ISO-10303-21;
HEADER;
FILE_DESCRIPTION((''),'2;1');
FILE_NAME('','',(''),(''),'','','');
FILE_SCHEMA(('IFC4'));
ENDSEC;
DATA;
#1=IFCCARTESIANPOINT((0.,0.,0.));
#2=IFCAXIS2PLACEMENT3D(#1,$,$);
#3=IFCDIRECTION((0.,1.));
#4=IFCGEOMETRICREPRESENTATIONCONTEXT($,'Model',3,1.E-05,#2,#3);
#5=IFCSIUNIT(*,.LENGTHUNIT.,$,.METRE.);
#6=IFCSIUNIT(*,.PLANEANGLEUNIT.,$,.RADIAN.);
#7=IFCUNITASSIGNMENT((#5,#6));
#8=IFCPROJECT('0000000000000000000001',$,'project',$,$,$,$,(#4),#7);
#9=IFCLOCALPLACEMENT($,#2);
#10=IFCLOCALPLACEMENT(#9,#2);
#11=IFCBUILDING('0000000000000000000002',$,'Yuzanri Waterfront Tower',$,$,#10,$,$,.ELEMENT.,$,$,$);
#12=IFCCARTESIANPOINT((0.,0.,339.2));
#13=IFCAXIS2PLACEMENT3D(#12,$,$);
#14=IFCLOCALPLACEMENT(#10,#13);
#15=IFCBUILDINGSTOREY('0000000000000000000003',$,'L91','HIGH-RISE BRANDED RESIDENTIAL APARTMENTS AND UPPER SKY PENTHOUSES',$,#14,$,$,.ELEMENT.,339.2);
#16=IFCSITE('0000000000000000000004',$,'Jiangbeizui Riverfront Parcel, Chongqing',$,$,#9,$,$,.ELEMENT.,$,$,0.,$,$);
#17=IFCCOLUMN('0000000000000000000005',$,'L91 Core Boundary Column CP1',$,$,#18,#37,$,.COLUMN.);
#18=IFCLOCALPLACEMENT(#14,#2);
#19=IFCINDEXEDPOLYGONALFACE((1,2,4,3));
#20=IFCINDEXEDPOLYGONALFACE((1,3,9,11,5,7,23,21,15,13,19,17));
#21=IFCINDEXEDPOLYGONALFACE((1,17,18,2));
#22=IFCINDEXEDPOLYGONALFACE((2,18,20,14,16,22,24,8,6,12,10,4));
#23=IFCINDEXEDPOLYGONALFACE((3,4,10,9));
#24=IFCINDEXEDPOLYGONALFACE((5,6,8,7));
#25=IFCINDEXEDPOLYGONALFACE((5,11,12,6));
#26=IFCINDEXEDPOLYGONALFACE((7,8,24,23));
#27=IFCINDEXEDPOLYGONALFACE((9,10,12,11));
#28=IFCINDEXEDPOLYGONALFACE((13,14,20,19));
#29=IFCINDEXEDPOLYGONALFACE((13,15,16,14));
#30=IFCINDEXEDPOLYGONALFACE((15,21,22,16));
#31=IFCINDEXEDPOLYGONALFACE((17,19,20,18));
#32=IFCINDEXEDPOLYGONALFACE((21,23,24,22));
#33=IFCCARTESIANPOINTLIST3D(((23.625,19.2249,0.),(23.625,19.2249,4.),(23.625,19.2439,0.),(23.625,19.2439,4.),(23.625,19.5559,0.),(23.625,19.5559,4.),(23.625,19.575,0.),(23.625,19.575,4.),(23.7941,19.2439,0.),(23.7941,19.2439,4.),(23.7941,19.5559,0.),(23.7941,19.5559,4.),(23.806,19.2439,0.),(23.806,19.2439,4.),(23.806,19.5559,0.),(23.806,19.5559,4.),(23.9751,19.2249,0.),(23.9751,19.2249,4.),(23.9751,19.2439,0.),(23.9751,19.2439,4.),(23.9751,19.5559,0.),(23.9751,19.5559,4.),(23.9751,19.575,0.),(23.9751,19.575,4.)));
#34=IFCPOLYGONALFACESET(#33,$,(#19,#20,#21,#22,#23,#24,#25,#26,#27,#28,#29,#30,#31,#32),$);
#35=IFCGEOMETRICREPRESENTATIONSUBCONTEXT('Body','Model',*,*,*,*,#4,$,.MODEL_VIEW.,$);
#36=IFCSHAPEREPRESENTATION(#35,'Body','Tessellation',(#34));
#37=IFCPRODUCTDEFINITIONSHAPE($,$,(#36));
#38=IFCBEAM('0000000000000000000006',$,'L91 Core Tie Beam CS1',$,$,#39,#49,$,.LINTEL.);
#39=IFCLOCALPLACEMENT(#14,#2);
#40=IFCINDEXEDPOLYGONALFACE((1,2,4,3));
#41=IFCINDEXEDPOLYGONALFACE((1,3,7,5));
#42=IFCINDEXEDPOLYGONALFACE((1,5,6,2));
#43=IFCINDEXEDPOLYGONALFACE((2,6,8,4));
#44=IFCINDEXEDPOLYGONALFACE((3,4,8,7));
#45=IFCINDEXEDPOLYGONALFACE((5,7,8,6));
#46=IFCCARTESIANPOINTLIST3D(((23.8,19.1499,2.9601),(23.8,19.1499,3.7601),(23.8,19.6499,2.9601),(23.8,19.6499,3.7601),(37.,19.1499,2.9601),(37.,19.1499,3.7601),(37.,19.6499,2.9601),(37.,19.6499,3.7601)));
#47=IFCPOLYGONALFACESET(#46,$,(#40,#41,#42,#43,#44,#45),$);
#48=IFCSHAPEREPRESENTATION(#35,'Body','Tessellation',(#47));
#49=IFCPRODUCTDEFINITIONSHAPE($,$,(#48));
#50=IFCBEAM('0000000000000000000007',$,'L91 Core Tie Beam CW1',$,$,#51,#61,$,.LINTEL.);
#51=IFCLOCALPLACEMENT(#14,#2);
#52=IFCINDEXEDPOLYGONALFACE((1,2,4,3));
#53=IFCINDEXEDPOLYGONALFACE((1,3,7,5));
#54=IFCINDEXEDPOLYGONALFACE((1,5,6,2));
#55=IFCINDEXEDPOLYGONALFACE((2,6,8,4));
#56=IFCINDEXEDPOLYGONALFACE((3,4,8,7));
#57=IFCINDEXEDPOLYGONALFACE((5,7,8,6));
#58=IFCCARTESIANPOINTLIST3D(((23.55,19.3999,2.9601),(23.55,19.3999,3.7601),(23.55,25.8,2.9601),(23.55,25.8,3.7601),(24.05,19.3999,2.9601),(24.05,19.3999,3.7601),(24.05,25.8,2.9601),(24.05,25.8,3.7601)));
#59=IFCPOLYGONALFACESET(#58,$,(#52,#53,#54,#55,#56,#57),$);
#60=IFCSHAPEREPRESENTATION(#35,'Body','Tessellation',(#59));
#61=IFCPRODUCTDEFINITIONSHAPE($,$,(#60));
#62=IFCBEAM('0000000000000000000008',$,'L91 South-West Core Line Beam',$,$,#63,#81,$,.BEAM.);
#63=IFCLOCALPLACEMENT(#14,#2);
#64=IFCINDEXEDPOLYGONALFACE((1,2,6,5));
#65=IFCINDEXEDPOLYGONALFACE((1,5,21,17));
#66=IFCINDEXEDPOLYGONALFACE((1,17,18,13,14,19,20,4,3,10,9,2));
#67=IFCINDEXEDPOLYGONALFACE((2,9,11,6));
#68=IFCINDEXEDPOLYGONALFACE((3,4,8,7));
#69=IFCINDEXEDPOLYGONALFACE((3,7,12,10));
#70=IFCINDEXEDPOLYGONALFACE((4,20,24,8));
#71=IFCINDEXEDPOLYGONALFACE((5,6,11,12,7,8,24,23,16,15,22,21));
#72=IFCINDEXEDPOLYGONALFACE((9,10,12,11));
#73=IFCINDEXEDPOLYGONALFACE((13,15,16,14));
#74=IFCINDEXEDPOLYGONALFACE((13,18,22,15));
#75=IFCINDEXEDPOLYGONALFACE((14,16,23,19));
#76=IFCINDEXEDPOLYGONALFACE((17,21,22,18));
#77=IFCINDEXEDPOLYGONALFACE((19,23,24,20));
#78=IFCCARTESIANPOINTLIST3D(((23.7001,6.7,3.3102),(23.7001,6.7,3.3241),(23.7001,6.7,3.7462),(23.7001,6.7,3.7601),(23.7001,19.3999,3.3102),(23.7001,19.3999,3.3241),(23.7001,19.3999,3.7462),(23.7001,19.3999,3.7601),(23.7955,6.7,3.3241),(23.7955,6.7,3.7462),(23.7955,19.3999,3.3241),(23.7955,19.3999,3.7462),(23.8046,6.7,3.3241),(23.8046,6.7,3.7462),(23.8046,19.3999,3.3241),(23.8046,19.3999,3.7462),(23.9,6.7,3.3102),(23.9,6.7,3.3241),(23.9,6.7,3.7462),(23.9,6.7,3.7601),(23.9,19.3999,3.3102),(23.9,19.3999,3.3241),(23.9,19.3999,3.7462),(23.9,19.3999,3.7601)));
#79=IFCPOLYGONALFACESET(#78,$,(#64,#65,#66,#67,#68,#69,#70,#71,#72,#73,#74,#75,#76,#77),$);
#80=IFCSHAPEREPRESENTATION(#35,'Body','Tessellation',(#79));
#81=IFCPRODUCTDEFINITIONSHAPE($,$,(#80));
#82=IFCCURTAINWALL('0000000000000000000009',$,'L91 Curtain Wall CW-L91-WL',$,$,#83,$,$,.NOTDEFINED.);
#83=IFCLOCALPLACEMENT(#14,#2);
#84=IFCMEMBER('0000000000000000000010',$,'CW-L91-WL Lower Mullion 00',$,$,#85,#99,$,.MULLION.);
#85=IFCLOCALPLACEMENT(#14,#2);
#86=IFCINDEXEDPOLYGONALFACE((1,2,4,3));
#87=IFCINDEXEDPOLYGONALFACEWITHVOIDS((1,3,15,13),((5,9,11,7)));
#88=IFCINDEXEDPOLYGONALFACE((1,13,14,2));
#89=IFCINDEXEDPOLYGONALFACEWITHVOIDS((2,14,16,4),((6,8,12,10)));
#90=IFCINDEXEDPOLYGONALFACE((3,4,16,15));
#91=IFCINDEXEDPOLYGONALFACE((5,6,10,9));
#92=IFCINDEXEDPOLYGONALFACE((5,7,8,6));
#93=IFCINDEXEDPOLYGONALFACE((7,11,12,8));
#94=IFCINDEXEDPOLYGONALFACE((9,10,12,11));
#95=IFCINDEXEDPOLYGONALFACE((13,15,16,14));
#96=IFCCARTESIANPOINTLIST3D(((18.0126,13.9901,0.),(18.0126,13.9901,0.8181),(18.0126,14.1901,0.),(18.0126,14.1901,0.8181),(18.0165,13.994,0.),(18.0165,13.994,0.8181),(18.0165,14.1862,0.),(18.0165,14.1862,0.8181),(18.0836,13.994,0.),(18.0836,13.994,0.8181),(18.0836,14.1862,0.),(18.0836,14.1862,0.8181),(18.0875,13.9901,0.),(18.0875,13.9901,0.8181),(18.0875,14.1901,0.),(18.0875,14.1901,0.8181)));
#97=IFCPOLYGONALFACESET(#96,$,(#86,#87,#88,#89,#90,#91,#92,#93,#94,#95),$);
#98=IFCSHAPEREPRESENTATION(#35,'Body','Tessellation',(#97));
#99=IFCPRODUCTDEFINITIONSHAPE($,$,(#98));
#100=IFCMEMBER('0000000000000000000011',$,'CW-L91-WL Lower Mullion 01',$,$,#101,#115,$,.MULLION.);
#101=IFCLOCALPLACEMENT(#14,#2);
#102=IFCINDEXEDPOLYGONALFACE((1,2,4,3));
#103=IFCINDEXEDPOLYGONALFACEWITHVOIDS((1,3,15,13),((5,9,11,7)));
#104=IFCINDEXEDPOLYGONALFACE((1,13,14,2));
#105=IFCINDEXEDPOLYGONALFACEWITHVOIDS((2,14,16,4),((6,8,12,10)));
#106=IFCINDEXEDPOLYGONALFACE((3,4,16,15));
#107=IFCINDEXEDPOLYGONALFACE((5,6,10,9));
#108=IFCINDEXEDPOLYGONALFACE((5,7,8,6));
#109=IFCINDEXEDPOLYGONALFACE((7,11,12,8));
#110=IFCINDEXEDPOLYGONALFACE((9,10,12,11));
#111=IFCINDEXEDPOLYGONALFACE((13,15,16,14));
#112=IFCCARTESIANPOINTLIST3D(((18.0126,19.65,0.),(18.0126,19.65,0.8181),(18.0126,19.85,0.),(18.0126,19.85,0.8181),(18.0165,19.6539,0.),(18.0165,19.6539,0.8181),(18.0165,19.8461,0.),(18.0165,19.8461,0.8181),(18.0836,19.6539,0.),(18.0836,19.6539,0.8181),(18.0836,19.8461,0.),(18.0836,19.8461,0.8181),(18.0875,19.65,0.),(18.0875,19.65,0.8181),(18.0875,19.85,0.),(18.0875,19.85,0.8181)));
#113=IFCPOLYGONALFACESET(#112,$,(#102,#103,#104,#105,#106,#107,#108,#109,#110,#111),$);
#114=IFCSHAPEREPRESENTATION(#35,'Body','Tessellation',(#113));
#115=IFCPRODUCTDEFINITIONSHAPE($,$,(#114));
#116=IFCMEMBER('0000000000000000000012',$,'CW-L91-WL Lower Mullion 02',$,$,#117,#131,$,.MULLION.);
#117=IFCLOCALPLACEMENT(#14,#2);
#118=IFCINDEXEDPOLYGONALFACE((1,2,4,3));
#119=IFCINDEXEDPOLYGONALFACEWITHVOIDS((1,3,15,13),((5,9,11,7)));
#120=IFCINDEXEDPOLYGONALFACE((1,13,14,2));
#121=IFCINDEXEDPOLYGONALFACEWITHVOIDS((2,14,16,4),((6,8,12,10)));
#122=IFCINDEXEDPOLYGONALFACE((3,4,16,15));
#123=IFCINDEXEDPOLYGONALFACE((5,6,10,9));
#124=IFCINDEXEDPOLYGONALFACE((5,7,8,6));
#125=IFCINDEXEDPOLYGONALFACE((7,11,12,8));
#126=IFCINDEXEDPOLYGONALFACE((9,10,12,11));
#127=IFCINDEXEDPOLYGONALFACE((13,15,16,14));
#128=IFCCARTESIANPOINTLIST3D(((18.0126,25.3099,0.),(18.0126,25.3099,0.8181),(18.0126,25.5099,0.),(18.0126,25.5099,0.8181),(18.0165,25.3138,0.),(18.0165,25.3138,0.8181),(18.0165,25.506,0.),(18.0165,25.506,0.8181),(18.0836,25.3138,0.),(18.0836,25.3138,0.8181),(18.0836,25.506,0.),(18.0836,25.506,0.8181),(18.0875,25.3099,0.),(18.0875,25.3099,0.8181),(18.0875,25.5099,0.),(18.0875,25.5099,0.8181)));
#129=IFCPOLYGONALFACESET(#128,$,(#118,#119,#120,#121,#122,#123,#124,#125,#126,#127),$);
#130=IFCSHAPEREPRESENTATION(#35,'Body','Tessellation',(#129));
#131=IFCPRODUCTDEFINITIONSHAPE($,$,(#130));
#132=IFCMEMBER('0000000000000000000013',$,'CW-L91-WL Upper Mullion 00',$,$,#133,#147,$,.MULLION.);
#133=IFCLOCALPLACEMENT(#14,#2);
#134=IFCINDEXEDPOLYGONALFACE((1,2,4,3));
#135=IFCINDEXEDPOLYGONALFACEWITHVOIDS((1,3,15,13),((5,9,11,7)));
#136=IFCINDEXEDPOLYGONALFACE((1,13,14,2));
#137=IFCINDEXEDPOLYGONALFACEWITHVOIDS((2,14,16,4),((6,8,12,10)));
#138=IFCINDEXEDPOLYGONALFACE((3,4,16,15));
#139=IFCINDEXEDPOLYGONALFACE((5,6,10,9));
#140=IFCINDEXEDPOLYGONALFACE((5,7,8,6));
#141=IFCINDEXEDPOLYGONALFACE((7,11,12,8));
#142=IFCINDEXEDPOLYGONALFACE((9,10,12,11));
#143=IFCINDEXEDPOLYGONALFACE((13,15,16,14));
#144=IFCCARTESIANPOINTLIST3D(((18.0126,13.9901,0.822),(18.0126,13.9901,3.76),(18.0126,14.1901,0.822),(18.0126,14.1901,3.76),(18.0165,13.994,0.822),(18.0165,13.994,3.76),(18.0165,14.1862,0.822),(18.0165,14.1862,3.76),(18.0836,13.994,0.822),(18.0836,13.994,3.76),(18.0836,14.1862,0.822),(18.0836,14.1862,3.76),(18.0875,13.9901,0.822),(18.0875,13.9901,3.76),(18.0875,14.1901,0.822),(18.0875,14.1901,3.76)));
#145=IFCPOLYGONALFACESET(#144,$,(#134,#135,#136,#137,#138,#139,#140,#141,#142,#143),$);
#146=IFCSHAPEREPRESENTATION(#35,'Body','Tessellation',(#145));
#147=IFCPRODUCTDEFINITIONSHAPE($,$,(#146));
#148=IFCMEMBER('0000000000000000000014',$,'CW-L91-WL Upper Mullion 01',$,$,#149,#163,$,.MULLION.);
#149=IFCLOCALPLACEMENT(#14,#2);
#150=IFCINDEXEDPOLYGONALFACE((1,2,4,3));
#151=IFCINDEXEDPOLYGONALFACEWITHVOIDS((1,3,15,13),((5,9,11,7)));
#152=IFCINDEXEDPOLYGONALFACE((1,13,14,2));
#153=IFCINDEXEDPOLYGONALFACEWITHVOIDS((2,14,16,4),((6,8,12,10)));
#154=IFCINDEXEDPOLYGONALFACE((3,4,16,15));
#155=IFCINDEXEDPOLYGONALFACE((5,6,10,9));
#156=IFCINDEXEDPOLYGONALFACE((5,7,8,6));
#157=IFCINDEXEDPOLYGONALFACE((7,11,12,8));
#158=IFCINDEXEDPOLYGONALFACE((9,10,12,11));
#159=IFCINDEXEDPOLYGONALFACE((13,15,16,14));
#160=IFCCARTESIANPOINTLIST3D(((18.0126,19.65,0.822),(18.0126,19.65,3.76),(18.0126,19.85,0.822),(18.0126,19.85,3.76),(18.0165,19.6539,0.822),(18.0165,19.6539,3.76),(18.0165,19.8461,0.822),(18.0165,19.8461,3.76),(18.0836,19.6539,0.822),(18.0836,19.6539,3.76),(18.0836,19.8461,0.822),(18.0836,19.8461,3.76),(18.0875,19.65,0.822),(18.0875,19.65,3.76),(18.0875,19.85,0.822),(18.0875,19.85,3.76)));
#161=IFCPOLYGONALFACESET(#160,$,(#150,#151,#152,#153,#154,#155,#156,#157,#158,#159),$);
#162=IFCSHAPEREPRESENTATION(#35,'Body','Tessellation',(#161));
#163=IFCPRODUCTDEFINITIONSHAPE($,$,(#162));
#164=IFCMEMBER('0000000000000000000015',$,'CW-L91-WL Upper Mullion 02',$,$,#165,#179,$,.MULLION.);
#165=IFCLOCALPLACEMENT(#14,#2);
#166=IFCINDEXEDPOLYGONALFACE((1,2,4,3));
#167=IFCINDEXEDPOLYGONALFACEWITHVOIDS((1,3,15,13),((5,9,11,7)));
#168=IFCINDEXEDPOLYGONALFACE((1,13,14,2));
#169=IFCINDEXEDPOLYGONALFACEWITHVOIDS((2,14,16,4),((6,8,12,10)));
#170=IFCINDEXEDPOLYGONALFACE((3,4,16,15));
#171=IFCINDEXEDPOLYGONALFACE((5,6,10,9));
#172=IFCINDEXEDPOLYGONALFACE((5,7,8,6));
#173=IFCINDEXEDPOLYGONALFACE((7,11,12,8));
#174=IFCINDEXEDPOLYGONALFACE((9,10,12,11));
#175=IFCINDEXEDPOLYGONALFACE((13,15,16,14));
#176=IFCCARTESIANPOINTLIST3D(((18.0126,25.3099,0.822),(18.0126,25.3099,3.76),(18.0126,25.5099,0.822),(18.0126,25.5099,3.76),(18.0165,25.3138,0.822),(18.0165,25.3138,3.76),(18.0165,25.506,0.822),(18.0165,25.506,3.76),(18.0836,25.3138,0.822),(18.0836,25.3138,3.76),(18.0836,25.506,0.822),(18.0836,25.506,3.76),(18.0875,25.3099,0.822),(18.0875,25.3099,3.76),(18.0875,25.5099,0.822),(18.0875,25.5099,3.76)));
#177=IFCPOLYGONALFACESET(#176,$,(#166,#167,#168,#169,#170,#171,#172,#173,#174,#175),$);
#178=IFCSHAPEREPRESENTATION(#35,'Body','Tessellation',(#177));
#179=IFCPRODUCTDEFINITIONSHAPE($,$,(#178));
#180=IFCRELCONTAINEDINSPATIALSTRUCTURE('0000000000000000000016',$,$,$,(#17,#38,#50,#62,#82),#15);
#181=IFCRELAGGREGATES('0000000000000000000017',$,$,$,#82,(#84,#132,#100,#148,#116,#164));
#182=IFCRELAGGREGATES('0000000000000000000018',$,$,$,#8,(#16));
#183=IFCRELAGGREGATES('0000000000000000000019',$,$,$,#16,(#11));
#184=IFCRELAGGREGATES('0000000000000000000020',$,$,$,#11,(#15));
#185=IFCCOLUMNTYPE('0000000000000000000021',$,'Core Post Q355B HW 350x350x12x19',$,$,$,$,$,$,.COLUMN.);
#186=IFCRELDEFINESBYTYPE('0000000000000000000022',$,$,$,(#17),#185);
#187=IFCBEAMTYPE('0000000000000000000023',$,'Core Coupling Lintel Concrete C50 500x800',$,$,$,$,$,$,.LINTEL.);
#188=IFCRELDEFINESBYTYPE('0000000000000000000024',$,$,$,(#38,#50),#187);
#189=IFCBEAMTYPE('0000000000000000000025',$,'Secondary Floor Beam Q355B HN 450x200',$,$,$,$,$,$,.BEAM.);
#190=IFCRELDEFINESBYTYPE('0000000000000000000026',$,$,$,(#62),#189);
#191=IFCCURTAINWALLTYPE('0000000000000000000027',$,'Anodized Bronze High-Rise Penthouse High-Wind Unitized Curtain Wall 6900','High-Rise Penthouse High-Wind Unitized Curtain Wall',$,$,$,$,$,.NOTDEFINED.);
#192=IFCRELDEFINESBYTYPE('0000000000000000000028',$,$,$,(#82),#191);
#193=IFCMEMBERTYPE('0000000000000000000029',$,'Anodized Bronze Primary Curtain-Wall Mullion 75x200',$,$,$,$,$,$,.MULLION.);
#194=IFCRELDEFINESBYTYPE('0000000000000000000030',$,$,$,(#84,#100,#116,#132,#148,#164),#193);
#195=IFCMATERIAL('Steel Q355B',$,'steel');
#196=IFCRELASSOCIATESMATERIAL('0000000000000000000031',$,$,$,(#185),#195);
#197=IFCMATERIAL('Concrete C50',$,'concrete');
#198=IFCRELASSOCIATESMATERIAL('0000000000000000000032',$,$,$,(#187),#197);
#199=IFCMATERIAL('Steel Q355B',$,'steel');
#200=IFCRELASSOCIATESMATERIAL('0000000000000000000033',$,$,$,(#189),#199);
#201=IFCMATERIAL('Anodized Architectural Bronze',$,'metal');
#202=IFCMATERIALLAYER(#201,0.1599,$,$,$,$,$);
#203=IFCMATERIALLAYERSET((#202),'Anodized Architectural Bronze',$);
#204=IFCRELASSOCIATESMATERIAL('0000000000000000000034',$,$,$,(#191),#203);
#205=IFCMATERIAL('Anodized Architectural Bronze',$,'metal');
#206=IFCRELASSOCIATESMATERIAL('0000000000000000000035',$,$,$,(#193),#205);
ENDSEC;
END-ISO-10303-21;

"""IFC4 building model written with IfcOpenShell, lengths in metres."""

from ifc_helpers import new_model, si_unit, direction, frame, origin, origin_2d, place, context, subcontext, project, spatial, rectangle, hollow_rectangle, i_section, extrude, source, transform, mapped, material, layer, layer_set, material_profile, profile_set, type_object, element, aggregate, save


model = new_model("IFC4")

# Units and contexts
model_context = context("Model", 3, precision=1e-05, world=origin(), true_north=direction((0.0, 1.0)))
body_context = subcontext(model_context, "Body", "Model", "MODEL_VIEW")
ifc_project = project(units=[si_unit("LENGTHUNIT", "METRE"), si_unit("PLANEANGLEUNIT", "RADIAN")], contexts=[model_context])

# Site, building, storey
site_placement = place(None, origin())
site = spatial("IfcSite", under=ifc_project, at=site_placement, Name="Jiangbeizui Riverfront Parcel, Chongqing", CompositionType="ELEMENT", RefElevation=0.0)
building_placement = place(site_placement, origin())
building = spatial("IfcBuilding", under=site, at=building_placement, Name="Yuzanri Waterfront Tower", CompositionType="ELEMENT")
storey_placement = place(building_placement, frame((0.0, 0.0, 339.2)))
storey = spatial("IfcBuildingStorey", under=building, at=storey_placement, Name="L91", Description="HIGH-RISE BRANDED RESIDENTIAL APARTMENTS AND UPPER SKY PENTHOUSES", CompositionType="ELEMENT", Elevation=339.2)

# Column
ifc_material_1 = material(Name="Steel Q355B", Category="steel")
ifc_material_profile_1 = material_profile(ifc_material_1, i_section(OverallWidth=0.3501, OverallDepth=0.3501, WebThickness=0.012, FlangeThickness=0.019, at=origin_2d()), Name="HW 350x350x12x19")
ifc_profile_set_1 = profile_set([ifc_material_profile_1], Name="Steel Q355B")
column_type = type_object("IfcColumnType", Name="Core Post Q355B HW 350x350x12x19", PredefinedType="COLUMN", material=ifc_profile_set_1)
shared_shape_1 = source(origin(), body_context, "Body", "SweptSolid", [
    extrude(i_section(OverallWidth=0.3501, OverallDepth=0.3501, WebThickness=0.012, FlangeThickness=0.019, at=origin_2d()), origin(), (0.0, 0.0, 1.0), 4.0),
])
column_placement = place(storey_placement, frame((23.8, 19.3999, 0.0), z_axis=(0.0, 0.0, 1.0), x_axis=(1.0, 0.0, 0.0)))
element("IfcColumn", 1, at=column_placement, inside=storey, type_object=column_type, Name="L91 Core Boundary Column CP1", PredefinedType="COLUMN", context=body_context, shape_type="MappedRepresentation", body=[
    mapped(shared_shape_1, transform((0.0, 0.0, 0.0), scale=1.0)),
])

# Beams
ifc_material_2 = material(Name="Concrete C50", Category="concrete")
ifc_material_profile_2 = material_profile(ifc_material_2, rectangle(XDim=0.5, YDim=0.8, at=origin_2d()), Name="RC 500x800")
ifc_profile_set_2 = profile_set([ifc_material_profile_2], Name="Concrete C50")
beam_type_1 = type_object("IfcBeamType", Name="Core Coupling Lintel Concrete C50 500x800", PredefinedType="LINTEL", material=ifc_profile_set_2)
shared_shape_2 = source(origin(), body_context, "Body", "SweptSolid", [
    extrude(rectangle(XDim=0.5, YDim=0.8, at=origin_2d()), origin(), (0.0, 0.0, 1.0), 13.2),
])
beam_1_placement = place(storey_placement, frame((23.8, 19.3999, 3.3601), z_axis=(1.0, 0.0, 0.0), x_axis=(0.0, 1.0, 0.0)))
element("IfcBeam", 2, at=beam_1_placement, inside=storey, type_object=beam_type_1, Name="L91 Core Tie Beam CS1", PredefinedType="LINTEL", context=body_context, shape_type="MappedRepresentation", body=[
    mapped(shared_shape_2, transform((0.0, 0.0, 0.0), scale=1.0)),
])
shared_shape_3 = source(origin(), body_context, "Body", "SweptSolid", [
    extrude(rectangle(XDim=0.5, YDim=0.8, at=origin_2d()), origin(), (0.0, 0.0, 1.0), 6.4001),
])
beam_2_placement = place(storey_placement, frame((23.8, 19.3999, 3.3601), z_axis=(0.0, 1.0, 0.0), x_axis=(-1.0, 0.0, 0.0)))
element("IfcBeam", 3, at=beam_2_placement, inside=storey, type_object=beam_type_1, Name="L91 Core Tie Beam CW1", PredefinedType="LINTEL", context=body_context, shape_type="MappedRepresentation", body=[
    mapped(shared_shape_3, transform((0.0, 0.0, 0.0), scale=1.0)),
])
ifc_material_3 = material(Name="Steel Q355B", Category="steel")
ifc_material_profile_3 = material_profile(ifc_material_3, i_section(OverallWidth=0.2, OverallDepth=0.45, WebThickness=0.009, FlangeThickness=0.0139, at=origin_2d()), Name="HN 450x200x9x14")
ifc_profile_set_3 = profile_set([ifc_material_profile_3], Name="Steel Q355B")
beam_type_2 = type_object("IfcBeamType", Name="Secondary Floor Beam Q355B HN 450x200", PredefinedType="BEAM", material=ifc_profile_set_3)
shared_shape_4 = source(origin(), body_context, "Body", "SweptSolid", [
    extrude(i_section(OverallWidth=0.2, OverallDepth=0.45, WebThickness=0.009, FlangeThickness=0.0139, at=origin_2d()), origin(), (0.0, 0.0, 1.0), 12.7),
])
beam_3_placement = place(storey_placement, frame((23.8, 19.3999, 3.5352), z_axis=(0.0, -1.0, 0.0), x_axis=(1.0, 0.0, 0.0)))
element("IfcBeam", 4, at=beam_3_placement, inside=storey, type_object=beam_type_2, Name="L91 South-West Core Line Beam", PredefinedType="BEAM", context=body_context, shape_type="MappedRepresentation", body=[
    mapped(shared_shape_4, transform((0.0, 0.0, 0.0), scale=1.0)),
])

# Curtain wall, members
ifc_material_4 = material(Name="Anodized Architectural Bronze", Category="metal")
ifc_layer_1 = layer(ifc_material_4, 0.1599)
ifc_layer_set_1 = layer_set([ifc_layer_1], Name="Anodized Architectural Bronze")
curtain_wall_type = type_object("IfcCurtainWallType", Name="Anodized Bronze High-Rise Penthouse High-Wind Unitized Curtain Wall 6900", Description="High-Rise Penthouse High-Wind Unitized Curtain Wall", PredefinedType="NOTDEFINED", material=ifc_layer_set_1)
curtain_wall_placement = place(storey_placement, origin())
curtain_wall = element("IfcCurtainWall", 5, at=curtain_wall_placement, inside=storey, type_object=curtain_wall_type, Name="L91 Curtain Wall CW-L91-WL", PredefinedType="NOTDEFINED")
ifc_material_5 = material(Name="Anodized Architectural Bronze", Category="metal")
ifc_material_profile_4 = material_profile(ifc_material_5, hollow_rectangle(XDim=0.075, YDim=0.2, WallThickness=0.0039, at=origin_2d()), Name="CWM 75x200")
ifc_profile_set_4 = profile_set([ifc_material_profile_4], Name="Anodized Architectural Bronze")
member_type = type_object("IfcMemberType", Name="Anodized Bronze Primary Curtain-Wall Mullion 75x200", PredefinedType="MULLION", material=ifc_profile_set_4)
shared_shape_5 = source(origin(), body_context, "Body", "SweptSolid", [
    extrude(hollow_rectangle(XDim=0.075, YDim=0.2, WallThickness=0.0039, at=origin_2d()), origin(), (0.0, 0.0, 1.0), 0.8181),
])
member_1_placement = place(storey_placement, frame((18.05, 14.0901, 0.0), z_axis=(0.0, 0.0, 1.0), x_axis=(1.0, 0.0, 0.0)))
member_1 = element("IfcMember", 6, at=member_1_placement, type_object=member_type, Name="CW-L91-WL Lower Mullion 00", PredefinedType="MULLION", context=body_context, shape_type="MappedRepresentation", body=[
    mapped(shared_shape_5, transform((0.0, 0.0, 0.0), scale=1.0)),
])
member_2_placement = place(storey_placement, frame((18.05, 19.75, 0.0), z_axis=(0.0, 0.0, 1.0), x_axis=(1.0, 0.0, 0.0)))
member_2 = element("IfcMember", 7, at=member_2_placement, type_object=member_type, Name="CW-L91-WL Lower Mullion 01", PredefinedType="MULLION", context=body_context, shape_type="MappedRepresentation", body=[
    mapped(shared_shape_5, transform((0.0, 0.0, 0.0), scale=1.0)),
])
member_3_placement = place(storey_placement, frame((18.05, 25.4099, 0.0), z_axis=(0.0, 0.0, 1.0), x_axis=(1.0, 0.0, 0.0)))
member_3 = element("IfcMember", 8, at=member_3_placement, type_object=member_type, Name="CW-L91-WL Lower Mullion 02", PredefinedType="MULLION", context=body_context, shape_type="MappedRepresentation", body=[
    mapped(shared_shape_5, transform((0.0, 0.0, 0.0), scale=1.0)),
])
shared_shape_6 = source(origin(), body_context, "Body", "SweptSolid", [
    extrude(hollow_rectangle(XDim=0.075, YDim=0.2, WallThickness=0.0039, at=origin_2d()), origin(), (0.0, 0.0, 1.0), 2.938),
])
member_4_placement = place(storey_placement, frame((18.05, 14.0901, 0.822), z_axis=(0.0, 0.0, 1.0), x_axis=(1.0, 0.0, 0.0)))
member_4 = element("IfcMember", 9, at=member_4_placement, type_object=member_type, Name="CW-L91-WL Upper Mullion 00", PredefinedType="MULLION", context=body_context, shape_type="MappedRepresentation", body=[
    mapped(shared_shape_6, transform((0.0, 0.0, 0.0), scale=1.0)),
])
member_5_placement = place(storey_placement, frame((18.05, 19.75, 0.822), z_axis=(0.0, 0.0, 1.0), x_axis=(1.0, 0.0, 0.0)))
member_5 = element("IfcMember", 10, at=member_5_placement, type_object=member_type, Name="CW-L91-WL Upper Mullion 01", PredefinedType="MULLION", context=body_context, shape_type="MappedRepresentation", body=[
    mapped(shared_shape_6, transform((0.0, 0.0, 0.0), scale=1.0)),
])
member_6_placement = place(storey_placement, frame((18.05, 25.4099, 0.822), z_axis=(0.0, 0.0, 1.0), x_axis=(1.0, 0.0, 0.0)))
member_6 = element("IfcMember", 11, at=member_6_placement, type_object=member_type, Name="CW-L91-WL Upper Mullion 02", PredefinedType="MULLION", context=body_context, shape_type="MappedRepresentation", body=[
    mapped(shared_shape_6, transform((0.0, 0.0, 0.0), scale=1.0)),
])
aggregate(curtain_wall, [member_1, member_4, member_2, member_5, member_3, member_6])

save(model, "model.ifc")
